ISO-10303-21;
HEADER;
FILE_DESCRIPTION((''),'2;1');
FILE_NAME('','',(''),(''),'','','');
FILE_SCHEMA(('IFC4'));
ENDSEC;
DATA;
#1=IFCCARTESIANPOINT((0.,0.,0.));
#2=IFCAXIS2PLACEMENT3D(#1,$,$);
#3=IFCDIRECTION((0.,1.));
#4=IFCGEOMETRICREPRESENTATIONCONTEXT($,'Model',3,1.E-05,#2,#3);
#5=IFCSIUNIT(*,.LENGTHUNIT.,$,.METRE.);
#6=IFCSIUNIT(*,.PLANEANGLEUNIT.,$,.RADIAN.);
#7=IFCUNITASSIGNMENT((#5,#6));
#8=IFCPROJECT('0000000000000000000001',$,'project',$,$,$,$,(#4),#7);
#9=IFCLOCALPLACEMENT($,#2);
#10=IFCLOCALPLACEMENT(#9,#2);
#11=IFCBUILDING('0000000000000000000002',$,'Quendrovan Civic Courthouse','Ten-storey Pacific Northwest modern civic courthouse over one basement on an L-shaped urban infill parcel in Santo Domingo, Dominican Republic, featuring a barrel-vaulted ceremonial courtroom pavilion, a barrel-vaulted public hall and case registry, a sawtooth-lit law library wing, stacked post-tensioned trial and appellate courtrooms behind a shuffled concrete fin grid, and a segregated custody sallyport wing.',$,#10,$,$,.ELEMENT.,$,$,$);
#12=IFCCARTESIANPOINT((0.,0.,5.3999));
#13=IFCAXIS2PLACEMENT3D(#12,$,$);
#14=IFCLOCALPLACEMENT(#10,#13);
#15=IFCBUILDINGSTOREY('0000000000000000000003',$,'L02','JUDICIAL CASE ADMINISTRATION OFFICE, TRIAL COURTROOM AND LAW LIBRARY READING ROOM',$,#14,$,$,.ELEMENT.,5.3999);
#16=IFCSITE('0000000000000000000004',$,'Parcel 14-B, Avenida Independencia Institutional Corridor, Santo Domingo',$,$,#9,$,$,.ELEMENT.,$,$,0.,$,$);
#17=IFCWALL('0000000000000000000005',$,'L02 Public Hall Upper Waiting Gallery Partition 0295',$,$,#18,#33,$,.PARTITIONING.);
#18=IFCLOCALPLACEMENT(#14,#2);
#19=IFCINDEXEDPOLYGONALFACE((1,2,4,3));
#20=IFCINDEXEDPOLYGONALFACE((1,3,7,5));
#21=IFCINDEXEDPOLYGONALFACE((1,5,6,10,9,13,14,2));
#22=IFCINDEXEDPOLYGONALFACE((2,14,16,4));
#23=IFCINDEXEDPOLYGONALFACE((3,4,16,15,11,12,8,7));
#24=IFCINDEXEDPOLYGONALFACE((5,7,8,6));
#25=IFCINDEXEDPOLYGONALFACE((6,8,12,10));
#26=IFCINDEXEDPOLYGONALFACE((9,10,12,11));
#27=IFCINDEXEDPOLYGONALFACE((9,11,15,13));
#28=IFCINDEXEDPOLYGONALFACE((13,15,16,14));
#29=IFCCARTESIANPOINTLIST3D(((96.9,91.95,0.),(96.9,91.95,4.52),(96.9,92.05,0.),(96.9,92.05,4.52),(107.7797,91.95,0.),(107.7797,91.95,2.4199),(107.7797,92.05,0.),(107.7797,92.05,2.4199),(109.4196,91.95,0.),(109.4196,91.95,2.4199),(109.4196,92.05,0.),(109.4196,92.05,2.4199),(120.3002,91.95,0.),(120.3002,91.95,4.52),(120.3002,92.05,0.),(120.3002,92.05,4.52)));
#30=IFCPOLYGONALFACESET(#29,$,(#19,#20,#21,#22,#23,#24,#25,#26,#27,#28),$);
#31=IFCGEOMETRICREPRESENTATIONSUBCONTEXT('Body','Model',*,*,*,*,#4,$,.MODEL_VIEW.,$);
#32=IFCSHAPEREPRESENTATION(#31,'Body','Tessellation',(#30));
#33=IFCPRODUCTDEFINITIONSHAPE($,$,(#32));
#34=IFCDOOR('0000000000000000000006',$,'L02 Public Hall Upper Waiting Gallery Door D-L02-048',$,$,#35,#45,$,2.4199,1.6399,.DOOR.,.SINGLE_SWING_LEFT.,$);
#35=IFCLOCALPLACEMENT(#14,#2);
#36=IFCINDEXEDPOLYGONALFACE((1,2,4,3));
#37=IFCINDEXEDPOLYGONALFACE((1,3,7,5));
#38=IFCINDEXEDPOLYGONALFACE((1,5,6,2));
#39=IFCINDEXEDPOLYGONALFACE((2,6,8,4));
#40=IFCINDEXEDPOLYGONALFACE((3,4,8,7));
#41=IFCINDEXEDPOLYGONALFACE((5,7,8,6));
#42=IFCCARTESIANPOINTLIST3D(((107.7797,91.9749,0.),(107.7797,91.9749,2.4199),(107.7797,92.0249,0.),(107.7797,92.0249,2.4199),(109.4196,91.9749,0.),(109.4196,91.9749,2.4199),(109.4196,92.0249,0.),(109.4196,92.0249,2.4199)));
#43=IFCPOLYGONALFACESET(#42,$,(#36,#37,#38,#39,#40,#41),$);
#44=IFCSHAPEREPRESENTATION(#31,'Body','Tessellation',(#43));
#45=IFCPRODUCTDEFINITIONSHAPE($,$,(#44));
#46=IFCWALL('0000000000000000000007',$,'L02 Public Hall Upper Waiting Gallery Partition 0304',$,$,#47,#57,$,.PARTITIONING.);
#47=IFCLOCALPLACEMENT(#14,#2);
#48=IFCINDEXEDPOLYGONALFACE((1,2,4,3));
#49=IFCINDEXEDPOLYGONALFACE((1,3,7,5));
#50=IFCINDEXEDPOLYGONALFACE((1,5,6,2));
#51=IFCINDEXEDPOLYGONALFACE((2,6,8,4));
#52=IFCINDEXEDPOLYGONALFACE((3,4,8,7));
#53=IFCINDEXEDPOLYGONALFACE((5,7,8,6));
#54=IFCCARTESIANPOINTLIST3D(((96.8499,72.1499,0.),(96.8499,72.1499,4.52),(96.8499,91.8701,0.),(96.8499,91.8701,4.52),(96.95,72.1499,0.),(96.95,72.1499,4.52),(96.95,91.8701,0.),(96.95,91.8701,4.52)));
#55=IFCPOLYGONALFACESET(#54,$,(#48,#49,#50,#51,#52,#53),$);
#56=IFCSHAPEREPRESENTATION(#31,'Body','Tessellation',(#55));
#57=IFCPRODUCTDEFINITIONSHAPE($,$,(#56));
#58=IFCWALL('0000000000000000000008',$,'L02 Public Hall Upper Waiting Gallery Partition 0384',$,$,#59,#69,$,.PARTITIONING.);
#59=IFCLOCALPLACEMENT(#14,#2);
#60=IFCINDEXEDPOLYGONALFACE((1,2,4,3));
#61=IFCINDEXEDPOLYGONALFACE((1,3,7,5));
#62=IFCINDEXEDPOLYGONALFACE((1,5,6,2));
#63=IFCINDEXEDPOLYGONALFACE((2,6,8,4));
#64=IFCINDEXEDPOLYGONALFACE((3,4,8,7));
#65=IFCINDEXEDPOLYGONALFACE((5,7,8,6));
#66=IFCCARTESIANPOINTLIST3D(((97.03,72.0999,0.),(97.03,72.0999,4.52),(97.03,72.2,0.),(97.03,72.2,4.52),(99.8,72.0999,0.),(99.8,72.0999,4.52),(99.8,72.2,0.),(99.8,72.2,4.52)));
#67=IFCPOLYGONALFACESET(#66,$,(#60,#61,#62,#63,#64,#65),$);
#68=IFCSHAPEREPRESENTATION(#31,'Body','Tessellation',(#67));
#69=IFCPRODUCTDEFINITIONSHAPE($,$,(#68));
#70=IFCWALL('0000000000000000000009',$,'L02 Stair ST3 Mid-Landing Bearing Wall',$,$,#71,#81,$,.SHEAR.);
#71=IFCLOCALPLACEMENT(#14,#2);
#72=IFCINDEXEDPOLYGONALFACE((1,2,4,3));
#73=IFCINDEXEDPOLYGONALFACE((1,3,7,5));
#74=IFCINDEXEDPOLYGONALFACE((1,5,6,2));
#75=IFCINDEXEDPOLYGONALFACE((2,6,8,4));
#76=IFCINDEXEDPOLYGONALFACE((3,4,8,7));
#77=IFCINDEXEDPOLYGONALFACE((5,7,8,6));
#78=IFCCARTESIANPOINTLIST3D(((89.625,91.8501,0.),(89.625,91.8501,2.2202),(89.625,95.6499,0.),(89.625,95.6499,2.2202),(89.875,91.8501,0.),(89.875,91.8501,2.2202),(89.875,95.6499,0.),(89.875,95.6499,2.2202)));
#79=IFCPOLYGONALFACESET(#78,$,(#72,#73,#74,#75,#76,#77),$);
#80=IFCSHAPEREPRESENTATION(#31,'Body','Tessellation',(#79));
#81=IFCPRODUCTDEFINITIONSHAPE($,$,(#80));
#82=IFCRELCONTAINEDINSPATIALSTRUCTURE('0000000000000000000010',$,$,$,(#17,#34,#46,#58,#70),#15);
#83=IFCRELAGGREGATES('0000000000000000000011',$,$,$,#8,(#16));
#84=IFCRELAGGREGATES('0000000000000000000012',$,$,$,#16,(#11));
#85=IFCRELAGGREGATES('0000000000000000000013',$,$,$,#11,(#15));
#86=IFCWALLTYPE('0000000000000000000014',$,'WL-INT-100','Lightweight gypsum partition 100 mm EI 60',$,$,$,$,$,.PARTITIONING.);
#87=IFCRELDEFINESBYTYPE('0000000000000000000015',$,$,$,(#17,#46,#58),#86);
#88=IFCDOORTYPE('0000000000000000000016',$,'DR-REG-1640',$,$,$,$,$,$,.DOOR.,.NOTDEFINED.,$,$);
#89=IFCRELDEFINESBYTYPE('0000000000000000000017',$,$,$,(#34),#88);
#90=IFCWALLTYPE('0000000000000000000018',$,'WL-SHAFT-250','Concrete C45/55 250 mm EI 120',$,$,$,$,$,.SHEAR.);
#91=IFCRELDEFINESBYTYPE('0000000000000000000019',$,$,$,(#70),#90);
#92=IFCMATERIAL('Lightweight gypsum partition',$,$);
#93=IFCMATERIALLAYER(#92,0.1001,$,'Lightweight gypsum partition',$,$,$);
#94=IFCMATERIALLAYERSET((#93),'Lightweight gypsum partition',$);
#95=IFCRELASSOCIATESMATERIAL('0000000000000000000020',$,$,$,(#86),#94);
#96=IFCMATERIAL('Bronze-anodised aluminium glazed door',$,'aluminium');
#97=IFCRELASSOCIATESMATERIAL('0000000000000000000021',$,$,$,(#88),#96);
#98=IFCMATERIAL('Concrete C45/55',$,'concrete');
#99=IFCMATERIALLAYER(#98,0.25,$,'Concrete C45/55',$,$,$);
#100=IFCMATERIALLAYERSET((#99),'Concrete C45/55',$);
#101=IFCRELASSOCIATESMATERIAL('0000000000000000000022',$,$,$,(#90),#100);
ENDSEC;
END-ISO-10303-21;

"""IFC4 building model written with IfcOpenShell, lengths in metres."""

from ifc_helpers import new_model, si_unit, direction, frame, frame_2d, origin, place, context, subcontext, project, spatial, rectangle, extrude, material, layer, layer_set, type_object, element, fill, save


model = new_model("IFC4")

# Units and contexts
model_context = context("Model", 3, precision=1e-05, world=origin(), true_north=direction((0.0, 1.0)))
body_context = subcontext(model_context, "Body", "Model", "MODEL_VIEW")
ifc_project = project(units=[si_unit("LENGTHUNIT", "METRE"), si_unit("PLANEANGLEUNIT", "RADIAN")], contexts=[model_context])

# Site, building, storey
site_placement = place(None, origin())
site = spatial("IfcSite", under=ifc_project, at=site_placement, Name="Parcel 14-B, Avenida Independencia Institutional Corridor, Santo Domingo", CompositionType="ELEMENT", RefElevation=0.0)
building_placement = place(site_placement, origin())
building = spatial("IfcBuilding", under=site, at=building_placement, Name="Quendrovan Civic Courthouse", Description="Ten-storey Pacific Northwest modern civic courthouse over one basement on an L-shaped urban infill parcel in Santo Domingo, Dominican Republic, featuring a barrel-vaulted ceremonial courtroom pavilion, a barrel-vaulted public hall and case registry, a sawtooth-lit law library wing, stacked post-tensioned trial and appellate courtrooms behind a shuffled concrete fin grid, and a segregated custody sallyport wing.", CompositionType="ELEMENT")
storey_placement = place(building_placement, frame((0.0, 0.0, 5.3999)))
storey = spatial("IfcBuildingStorey", under=building, at=storey_placement, Name="L02", Description="JUDICIAL CASE ADMINISTRATION OFFICE, TRIAL COURTROOM AND LAW LIBRARY READING ROOM", CompositionType="ELEMENT", Elevation=5.3999)

# Shared definitions
ifc_material_1 = material(Name="Concrete C45/55", Category="concrete")

# Wall, opening, door
ifc_material_2 = material(Name="Lightweight gypsum partition")
ifc_layer_1 = layer(ifc_material_2, 0.1001, Name="Lightweight gypsum partition")
ifc_layer_set_1 = layer_set([ifc_layer_1], Name="Lightweight gypsum partition")
wall_type_1 = type_object("IfcWallType", Name="WL-INT-100", Description="Lightweight gypsum partition 100 mm EI 60", PredefinedType="PARTITIONING", material=ifc_layer_set_1)
wall_1_placement = place(storey_placement, frame((96.8999, 92.0, 0.0), z_axis=(0.0, 0.0, 1.0), x_axis=(1.0, 0.0, 0.0)))
wall_1 = element("IfcWall", 1, at=wall_1_placement, inside=storey, type_object=wall_type_1, Name="L02 Public Hall Upper Waiting Gallery Partition 0295", PredefinedType="PARTITIONING", context=body_context, shape_type="SweptSolid", body=[
    extrude(rectangle(XDim=23.4001, YDim=0.1001, at=frame_2d((11.7002, 0.0))), origin(), (0.0, 0.0, 1.0), 4.52),
])
opening_placement = place(wall_1_placement, frame((10.8799, 0.0, 0.0)))
opening = element("IfcOpeningElement", 2, at=opening_placement, cuts=wall_1, PredefinedType="OPENING", context=body_context, shape_type="SweptSolid", body=[
    extrude(rectangle(XDim=1.6399, YDim=2.4199, at=frame_2d((0.8198, 1.21))), frame((0.0, 0.0601, 0.0), z_axis=(0.0, -1.0, 0.0), x_axis=(1.0, 0.0, 0.0)), (0.0, 0.0, 1.0), 0.1201),
])
ifc_material_3 = material(Name="Bronze-anodised aluminium glazed door", Category="aluminium")
door_type = type_object("IfcDoorType", Name="DR-REG-1640", OperationType="NOTDEFINED", PredefinedType="DOOR", material=ifc_material_3)
door_placement = place(opening_placement, origin())
door = element("IfcDoor", 3, at=door_placement, inside=storey, type_object=door_type, Name="L02 Public Hall Upper Waiting Gallery Door D-L02-048", OperationType="SINGLE_SWING_LEFT", OverallHeight=2.4199, OverallWidth=1.6399, PredefinedType="DOOR", context=body_context, shape_type="SweptSolid", body=[
    extrude(rectangle(XDim=1.6399, YDim=2.4199, at=frame_2d((0.8198, 1.21))), frame((0.0, 0.0249, 0.0), z_axis=(0.0, -1.0, 0.0), x_axis=(1.0, 0.0, 0.0)), (0.0, 0.0, 1.0), 0.05),
])
fill(opening, door)

# Walls
wall_2_placement = place(storey_placement, frame((96.8999, 72.1499, 0.0), z_axis=(0.0, 0.0, 1.0), x_axis=(0.0, 1.0, 0.0)))
element("IfcWall", 4, at=wall_2_placement, inside=storey, type_object=wall_type_1, Name="L02 Public Hall Upper Waiting Gallery Partition 0304", PredefinedType="PARTITIONING", context=body_context, shape_type="SweptSolid", body=[
    extrude(rectangle(XDim=19.7202, YDim=0.1001, at=frame_2d((9.8601, 0.0))), origin(), (0.0, 0.0, 1.0), 4.52),
])
wall_3_placement = place(storey_placement, frame((99.8, 72.1499, 0.0), z_axis=(0.0, 0.0, 1.0), x_axis=(-1.0, 0.0, 0.0)))
element("IfcWall", 5, at=wall_3_placement, inside=storey, type_object=wall_type_1, Name="L02 Public Hall Upper Waiting Gallery Partition 0384", PredefinedType="PARTITIONING", context=body_context, shape_type="SweptSolid", body=[
    extrude(rectangle(XDim=2.77, YDim=0.1001, at=frame_2d((1.385, 0.0))), origin(), (0.0, 0.0, 1.0), 4.52),
])
ifc_layer_2 = layer(ifc_material_1, 0.25, Name="Concrete C45/55")
ifc_layer_set_2 = layer_set([ifc_layer_2], Name="Concrete C45/55")
wall_type_2 = type_object("IfcWallType", Name="WL-SHAFT-250", Description="Concrete C45/55 250 mm EI 120", PredefinedType="SHEAR", material=ifc_layer_set_2)
wall_4_placement = place(storey_placement, frame((89.75, 91.8501, 0.0), z_axis=(0.0, 0.0, 1.0), x_axis=(0.0, 1.0, 0.0)))
element("IfcWall", 6, at=wall_4_placement, inside=storey, type_object=wall_type_2, Name="L02 Stair ST3 Mid-Landing Bearing Wall", PredefinedType="SHEAR", context=body_context, shape_type="SweptSolid", body=[
    extrude(rectangle(XDim=3.7998, YDim=0.25, at=frame_2d((1.8999, 0.0))), origin(), (0.0, 0.0, 1.0), 2.2202),
])

save(model, "model.ifc")
